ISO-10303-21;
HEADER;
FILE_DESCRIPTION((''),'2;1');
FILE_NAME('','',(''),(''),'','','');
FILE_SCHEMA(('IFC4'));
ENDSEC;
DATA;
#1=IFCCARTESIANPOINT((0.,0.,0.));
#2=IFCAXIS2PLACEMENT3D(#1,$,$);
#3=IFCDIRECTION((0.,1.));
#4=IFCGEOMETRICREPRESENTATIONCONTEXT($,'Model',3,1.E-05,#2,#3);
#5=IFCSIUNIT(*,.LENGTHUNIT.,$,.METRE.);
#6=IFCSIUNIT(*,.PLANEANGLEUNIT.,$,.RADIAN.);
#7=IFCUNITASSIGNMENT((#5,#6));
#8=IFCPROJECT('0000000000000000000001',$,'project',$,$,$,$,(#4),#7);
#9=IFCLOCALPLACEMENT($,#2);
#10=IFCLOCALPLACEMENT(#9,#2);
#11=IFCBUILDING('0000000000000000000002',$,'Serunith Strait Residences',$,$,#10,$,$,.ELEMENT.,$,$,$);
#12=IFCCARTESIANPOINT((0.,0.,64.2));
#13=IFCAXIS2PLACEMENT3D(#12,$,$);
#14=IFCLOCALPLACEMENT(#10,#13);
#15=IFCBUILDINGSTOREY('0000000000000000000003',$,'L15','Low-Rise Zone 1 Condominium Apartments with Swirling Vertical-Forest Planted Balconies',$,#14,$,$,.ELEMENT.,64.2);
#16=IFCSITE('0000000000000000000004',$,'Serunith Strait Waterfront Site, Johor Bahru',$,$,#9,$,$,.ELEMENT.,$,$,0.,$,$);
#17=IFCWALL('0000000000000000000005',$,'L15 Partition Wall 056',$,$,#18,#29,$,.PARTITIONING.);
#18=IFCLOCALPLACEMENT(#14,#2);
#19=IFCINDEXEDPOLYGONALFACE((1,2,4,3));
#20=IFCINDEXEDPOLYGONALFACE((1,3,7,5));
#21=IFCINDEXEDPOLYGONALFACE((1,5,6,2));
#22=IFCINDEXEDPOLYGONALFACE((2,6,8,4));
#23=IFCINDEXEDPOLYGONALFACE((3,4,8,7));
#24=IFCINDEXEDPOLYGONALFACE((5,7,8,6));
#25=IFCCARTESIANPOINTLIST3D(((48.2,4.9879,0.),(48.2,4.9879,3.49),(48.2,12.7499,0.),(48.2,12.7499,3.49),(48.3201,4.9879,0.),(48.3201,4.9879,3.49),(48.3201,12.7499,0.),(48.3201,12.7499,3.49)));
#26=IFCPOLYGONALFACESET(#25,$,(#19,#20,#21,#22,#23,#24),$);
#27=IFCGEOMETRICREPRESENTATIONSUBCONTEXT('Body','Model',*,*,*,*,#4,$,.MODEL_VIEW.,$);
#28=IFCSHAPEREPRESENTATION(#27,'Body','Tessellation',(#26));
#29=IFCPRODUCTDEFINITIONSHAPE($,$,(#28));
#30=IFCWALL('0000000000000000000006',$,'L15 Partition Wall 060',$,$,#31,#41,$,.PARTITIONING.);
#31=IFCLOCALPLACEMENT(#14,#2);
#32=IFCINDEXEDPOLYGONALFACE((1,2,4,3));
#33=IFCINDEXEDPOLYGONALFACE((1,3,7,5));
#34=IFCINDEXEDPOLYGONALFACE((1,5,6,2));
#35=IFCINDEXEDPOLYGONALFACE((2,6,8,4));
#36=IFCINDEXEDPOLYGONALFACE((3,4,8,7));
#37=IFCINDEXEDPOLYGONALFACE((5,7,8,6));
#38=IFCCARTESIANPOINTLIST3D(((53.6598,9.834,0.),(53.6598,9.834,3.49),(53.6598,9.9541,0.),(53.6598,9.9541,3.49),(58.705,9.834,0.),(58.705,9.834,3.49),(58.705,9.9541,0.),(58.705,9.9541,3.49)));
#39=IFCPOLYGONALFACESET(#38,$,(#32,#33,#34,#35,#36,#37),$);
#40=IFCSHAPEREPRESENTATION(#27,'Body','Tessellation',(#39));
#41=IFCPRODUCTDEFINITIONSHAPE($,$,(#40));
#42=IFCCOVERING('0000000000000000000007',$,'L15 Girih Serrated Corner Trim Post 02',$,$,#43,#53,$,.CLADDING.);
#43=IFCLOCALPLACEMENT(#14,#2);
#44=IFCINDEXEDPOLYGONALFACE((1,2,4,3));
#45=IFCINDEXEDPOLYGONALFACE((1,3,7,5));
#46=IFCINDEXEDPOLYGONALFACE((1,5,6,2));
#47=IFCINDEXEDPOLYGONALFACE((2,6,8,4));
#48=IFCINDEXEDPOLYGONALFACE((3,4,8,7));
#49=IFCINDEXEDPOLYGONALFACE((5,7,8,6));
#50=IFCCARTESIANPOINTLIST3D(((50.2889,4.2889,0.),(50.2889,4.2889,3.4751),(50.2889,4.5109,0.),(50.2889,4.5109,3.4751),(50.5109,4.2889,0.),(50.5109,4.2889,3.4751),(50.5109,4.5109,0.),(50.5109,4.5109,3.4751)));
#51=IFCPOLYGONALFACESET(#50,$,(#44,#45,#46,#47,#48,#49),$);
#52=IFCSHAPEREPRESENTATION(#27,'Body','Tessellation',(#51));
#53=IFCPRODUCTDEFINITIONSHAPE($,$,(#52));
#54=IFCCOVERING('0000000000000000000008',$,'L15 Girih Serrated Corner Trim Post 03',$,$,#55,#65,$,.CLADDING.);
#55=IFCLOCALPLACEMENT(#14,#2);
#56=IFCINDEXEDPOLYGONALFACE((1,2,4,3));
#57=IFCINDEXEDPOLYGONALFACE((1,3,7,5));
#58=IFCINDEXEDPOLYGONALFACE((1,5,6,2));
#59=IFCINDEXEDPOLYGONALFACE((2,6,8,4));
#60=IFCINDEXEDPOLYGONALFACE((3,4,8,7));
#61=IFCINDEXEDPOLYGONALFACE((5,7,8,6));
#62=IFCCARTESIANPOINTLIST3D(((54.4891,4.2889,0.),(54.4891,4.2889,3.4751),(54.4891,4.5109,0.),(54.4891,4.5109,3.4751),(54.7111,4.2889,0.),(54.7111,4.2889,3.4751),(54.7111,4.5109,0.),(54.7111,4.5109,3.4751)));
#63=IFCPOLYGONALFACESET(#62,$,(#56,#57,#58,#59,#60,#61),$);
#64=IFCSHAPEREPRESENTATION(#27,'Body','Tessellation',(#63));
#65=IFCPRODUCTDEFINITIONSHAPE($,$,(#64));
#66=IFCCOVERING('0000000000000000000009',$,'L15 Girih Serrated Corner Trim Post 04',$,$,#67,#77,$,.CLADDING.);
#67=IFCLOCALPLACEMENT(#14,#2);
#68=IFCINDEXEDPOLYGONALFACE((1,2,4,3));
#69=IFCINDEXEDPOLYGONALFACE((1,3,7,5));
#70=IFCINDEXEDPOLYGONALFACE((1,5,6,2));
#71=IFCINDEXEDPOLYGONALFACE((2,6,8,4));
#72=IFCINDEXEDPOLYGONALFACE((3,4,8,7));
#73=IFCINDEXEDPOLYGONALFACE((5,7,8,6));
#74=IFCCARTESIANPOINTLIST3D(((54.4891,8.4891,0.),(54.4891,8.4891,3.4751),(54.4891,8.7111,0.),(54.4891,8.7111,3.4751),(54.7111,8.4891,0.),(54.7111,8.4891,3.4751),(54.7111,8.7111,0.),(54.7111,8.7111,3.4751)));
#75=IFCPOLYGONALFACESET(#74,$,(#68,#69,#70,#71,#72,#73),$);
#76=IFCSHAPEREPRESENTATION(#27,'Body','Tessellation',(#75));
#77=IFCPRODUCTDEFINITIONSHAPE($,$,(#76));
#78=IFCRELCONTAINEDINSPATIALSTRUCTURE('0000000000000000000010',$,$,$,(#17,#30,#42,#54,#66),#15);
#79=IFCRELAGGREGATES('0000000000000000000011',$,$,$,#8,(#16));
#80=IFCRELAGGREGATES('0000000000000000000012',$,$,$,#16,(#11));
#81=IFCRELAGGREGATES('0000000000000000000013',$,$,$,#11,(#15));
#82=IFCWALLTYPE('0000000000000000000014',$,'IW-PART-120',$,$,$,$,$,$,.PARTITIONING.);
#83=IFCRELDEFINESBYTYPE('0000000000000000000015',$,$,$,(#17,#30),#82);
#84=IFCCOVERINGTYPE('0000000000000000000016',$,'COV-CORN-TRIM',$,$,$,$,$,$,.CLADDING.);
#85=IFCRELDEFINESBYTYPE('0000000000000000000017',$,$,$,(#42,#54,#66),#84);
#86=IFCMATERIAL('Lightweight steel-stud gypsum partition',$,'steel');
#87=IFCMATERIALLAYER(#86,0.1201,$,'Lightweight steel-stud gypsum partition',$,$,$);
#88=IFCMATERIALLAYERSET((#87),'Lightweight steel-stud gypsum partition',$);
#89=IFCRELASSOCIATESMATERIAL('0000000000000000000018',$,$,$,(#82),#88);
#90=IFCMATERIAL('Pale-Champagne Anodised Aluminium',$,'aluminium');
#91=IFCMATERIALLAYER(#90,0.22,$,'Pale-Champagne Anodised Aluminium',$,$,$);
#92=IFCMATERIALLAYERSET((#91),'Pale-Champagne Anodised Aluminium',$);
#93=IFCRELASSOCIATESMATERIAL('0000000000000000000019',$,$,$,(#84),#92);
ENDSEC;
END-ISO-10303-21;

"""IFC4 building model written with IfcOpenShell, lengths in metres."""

from ifc_helpers import new_model, si_unit, direction, frame, frame_2d, origin, origin_2d, place, context, subcontext, project, spatial, rectangle, extrude, source, transform, mapped, material, layer, layer_set, type_object, element, save


model = new_model("IFC4")

# Units and contexts
model_context = context("Model", 3, precision=1e-05, world=origin(), true_north=direction((0.0, 1.0)))
body_context = subcontext(model_context, "Body", "Model", "MODEL_VIEW")
ifc_project = project(units=[si_unit("LENGTHUNIT", "METRE"), si_unit("PLANEANGLEUNIT", "RADIAN")], contexts=[model_context])

# Site, building, storey
site_placement = place(None, origin())
site = spatial("IfcSite", under=ifc_project, at=site_placement, Name="Serunith Strait Waterfront Site, Johor Bahru", CompositionType="ELEMENT", RefElevation=0.0)
building_placement = place(site_placement, origin())
building = spatial("IfcBuilding", under=site, at=building_placement, Name="Serunith Strait Residences", CompositionType="ELEMENT")
storey_placement = place(building_placement, frame((0.0, 0.0, 64.2)))
storey = spatial("IfcBuildingStorey", under=building, at=storey_placement, Name="L15", Description="Low-Rise Zone 1 Condominium Apartments with Swirling Vertical-Forest Planted Balconies", CompositionType="ELEMENT", Elevation=64.2)

# Shared definitions
ifc_material_1 = material(Name="Pale-Champagne Anodised Aluminium", Category="aluminium")

# Shared definitions
ifc_material_2 = material(Name="Lightweight steel-stud gypsum partition", Category="steel")
ifc_layer_1 = layer(ifc_material_2, 0.1201, Name="Lightweight steel-stud gypsum partition")
ifc_layer_set_1 = layer_set([ifc_layer_1], Name="Lightweight steel-stud gypsum partition")
wall_type_1 = type_object("IfcWallType", Name="IW-PART-120", PredefinedType="PARTITIONING", material=ifc_layer_set_1)

# Walls
wall_1_placement = place(storey_placement, frame((48.26, 4.988, 0.0), z_axis=(0.0, 0.0, 1.0), x_axis=(0.0, 1.0, 0.0)))
element("IfcWall", 1, at=wall_1_placement, inside=storey, type_object=wall_type_1, Name="L15 Partition Wall 056", PredefinedType="PARTITIONING", context=body_context, shape_type="SweptSolid", body=[
    extrude(rectangle(XDim=7.762, YDim=0.1201, at=frame_2d((3.8809, 0.0))), origin(), (0.0, 0.0, 1.0), 3.49),
])
wall_2_placement = place(storey_placement, frame((53.6599, 9.894, 0.0), z_axis=(0.0, 0.0, 1.0), x_axis=(1.0, 0.0, 0.0)))
element("IfcWall", 2, at=wall_2_placement, inside=storey, type_object=wall_type_1, Name="L15 Partition Wall 060", PredefinedType="PARTITIONING", context=body_context, shape_type="SweptSolid", body=[
    extrude(rectangle(XDim=5.0452, YDim=0.1201, at=frame_2d((2.5225, 0.0))), origin(), (0.0, 0.0, 1.0), 3.49),
])

# Coverings
ifc_layer_2 = layer(ifc_material_1, 0.22, Name="Pale-Champagne Anodised Aluminium")
ifc_layer_set_2 = layer_set([ifc_layer_2], Name="Pale-Champagne Anodised Aluminium")
covering_type = type_object("IfcCoveringType", Name="COV-CORN-TRIM", PredefinedType="CLADDING", material=ifc_layer_set_2)
shared_shape_1 = source(origin(), body_context, "Body", "SweptSolid", [
    extrude(rectangle(XDim=0.2219, YDim=0.2219, at=origin_2d()), origin(), (0.0, 0.0, 1.0), 3.4751),
])
for number, where, z_axis, x_axis, name in (
    (3, (50.3999, 4.3999, 0.0), (0.0, 0.0, 1.0), (1.0, 0.0, 0.0), "L15 Girih Serrated Corner Trim Post 02"),
    (4, (54.6001, 4.3999, 0.0), (0.0, 0.0, 1.0), (1.0, 0.0, 0.0), "L15 Girih Serrated Corner Trim Post 03"),
    (5, (54.6001, 8.6001, 0.0), (0.0, 0.0, 1.0), (1.0, 0.0, 0.0), "L15 Girih Serrated Corner Trim Post 04"),
):
    element("IfcCovering", number, at=place(storey_placement, frame(where, z_axis=z_axis, x_axis=x_axis)), inside=storey, type_object=covering_type, Name=name, PredefinedType="CLADDING", context=body_context, shape_type="MappedRepresentation", body=[
        mapped(shared_shape_1, transform((0.0, 0.0, 0.0), scale=1.0)),
    ])

save(model, "model.ifc")
